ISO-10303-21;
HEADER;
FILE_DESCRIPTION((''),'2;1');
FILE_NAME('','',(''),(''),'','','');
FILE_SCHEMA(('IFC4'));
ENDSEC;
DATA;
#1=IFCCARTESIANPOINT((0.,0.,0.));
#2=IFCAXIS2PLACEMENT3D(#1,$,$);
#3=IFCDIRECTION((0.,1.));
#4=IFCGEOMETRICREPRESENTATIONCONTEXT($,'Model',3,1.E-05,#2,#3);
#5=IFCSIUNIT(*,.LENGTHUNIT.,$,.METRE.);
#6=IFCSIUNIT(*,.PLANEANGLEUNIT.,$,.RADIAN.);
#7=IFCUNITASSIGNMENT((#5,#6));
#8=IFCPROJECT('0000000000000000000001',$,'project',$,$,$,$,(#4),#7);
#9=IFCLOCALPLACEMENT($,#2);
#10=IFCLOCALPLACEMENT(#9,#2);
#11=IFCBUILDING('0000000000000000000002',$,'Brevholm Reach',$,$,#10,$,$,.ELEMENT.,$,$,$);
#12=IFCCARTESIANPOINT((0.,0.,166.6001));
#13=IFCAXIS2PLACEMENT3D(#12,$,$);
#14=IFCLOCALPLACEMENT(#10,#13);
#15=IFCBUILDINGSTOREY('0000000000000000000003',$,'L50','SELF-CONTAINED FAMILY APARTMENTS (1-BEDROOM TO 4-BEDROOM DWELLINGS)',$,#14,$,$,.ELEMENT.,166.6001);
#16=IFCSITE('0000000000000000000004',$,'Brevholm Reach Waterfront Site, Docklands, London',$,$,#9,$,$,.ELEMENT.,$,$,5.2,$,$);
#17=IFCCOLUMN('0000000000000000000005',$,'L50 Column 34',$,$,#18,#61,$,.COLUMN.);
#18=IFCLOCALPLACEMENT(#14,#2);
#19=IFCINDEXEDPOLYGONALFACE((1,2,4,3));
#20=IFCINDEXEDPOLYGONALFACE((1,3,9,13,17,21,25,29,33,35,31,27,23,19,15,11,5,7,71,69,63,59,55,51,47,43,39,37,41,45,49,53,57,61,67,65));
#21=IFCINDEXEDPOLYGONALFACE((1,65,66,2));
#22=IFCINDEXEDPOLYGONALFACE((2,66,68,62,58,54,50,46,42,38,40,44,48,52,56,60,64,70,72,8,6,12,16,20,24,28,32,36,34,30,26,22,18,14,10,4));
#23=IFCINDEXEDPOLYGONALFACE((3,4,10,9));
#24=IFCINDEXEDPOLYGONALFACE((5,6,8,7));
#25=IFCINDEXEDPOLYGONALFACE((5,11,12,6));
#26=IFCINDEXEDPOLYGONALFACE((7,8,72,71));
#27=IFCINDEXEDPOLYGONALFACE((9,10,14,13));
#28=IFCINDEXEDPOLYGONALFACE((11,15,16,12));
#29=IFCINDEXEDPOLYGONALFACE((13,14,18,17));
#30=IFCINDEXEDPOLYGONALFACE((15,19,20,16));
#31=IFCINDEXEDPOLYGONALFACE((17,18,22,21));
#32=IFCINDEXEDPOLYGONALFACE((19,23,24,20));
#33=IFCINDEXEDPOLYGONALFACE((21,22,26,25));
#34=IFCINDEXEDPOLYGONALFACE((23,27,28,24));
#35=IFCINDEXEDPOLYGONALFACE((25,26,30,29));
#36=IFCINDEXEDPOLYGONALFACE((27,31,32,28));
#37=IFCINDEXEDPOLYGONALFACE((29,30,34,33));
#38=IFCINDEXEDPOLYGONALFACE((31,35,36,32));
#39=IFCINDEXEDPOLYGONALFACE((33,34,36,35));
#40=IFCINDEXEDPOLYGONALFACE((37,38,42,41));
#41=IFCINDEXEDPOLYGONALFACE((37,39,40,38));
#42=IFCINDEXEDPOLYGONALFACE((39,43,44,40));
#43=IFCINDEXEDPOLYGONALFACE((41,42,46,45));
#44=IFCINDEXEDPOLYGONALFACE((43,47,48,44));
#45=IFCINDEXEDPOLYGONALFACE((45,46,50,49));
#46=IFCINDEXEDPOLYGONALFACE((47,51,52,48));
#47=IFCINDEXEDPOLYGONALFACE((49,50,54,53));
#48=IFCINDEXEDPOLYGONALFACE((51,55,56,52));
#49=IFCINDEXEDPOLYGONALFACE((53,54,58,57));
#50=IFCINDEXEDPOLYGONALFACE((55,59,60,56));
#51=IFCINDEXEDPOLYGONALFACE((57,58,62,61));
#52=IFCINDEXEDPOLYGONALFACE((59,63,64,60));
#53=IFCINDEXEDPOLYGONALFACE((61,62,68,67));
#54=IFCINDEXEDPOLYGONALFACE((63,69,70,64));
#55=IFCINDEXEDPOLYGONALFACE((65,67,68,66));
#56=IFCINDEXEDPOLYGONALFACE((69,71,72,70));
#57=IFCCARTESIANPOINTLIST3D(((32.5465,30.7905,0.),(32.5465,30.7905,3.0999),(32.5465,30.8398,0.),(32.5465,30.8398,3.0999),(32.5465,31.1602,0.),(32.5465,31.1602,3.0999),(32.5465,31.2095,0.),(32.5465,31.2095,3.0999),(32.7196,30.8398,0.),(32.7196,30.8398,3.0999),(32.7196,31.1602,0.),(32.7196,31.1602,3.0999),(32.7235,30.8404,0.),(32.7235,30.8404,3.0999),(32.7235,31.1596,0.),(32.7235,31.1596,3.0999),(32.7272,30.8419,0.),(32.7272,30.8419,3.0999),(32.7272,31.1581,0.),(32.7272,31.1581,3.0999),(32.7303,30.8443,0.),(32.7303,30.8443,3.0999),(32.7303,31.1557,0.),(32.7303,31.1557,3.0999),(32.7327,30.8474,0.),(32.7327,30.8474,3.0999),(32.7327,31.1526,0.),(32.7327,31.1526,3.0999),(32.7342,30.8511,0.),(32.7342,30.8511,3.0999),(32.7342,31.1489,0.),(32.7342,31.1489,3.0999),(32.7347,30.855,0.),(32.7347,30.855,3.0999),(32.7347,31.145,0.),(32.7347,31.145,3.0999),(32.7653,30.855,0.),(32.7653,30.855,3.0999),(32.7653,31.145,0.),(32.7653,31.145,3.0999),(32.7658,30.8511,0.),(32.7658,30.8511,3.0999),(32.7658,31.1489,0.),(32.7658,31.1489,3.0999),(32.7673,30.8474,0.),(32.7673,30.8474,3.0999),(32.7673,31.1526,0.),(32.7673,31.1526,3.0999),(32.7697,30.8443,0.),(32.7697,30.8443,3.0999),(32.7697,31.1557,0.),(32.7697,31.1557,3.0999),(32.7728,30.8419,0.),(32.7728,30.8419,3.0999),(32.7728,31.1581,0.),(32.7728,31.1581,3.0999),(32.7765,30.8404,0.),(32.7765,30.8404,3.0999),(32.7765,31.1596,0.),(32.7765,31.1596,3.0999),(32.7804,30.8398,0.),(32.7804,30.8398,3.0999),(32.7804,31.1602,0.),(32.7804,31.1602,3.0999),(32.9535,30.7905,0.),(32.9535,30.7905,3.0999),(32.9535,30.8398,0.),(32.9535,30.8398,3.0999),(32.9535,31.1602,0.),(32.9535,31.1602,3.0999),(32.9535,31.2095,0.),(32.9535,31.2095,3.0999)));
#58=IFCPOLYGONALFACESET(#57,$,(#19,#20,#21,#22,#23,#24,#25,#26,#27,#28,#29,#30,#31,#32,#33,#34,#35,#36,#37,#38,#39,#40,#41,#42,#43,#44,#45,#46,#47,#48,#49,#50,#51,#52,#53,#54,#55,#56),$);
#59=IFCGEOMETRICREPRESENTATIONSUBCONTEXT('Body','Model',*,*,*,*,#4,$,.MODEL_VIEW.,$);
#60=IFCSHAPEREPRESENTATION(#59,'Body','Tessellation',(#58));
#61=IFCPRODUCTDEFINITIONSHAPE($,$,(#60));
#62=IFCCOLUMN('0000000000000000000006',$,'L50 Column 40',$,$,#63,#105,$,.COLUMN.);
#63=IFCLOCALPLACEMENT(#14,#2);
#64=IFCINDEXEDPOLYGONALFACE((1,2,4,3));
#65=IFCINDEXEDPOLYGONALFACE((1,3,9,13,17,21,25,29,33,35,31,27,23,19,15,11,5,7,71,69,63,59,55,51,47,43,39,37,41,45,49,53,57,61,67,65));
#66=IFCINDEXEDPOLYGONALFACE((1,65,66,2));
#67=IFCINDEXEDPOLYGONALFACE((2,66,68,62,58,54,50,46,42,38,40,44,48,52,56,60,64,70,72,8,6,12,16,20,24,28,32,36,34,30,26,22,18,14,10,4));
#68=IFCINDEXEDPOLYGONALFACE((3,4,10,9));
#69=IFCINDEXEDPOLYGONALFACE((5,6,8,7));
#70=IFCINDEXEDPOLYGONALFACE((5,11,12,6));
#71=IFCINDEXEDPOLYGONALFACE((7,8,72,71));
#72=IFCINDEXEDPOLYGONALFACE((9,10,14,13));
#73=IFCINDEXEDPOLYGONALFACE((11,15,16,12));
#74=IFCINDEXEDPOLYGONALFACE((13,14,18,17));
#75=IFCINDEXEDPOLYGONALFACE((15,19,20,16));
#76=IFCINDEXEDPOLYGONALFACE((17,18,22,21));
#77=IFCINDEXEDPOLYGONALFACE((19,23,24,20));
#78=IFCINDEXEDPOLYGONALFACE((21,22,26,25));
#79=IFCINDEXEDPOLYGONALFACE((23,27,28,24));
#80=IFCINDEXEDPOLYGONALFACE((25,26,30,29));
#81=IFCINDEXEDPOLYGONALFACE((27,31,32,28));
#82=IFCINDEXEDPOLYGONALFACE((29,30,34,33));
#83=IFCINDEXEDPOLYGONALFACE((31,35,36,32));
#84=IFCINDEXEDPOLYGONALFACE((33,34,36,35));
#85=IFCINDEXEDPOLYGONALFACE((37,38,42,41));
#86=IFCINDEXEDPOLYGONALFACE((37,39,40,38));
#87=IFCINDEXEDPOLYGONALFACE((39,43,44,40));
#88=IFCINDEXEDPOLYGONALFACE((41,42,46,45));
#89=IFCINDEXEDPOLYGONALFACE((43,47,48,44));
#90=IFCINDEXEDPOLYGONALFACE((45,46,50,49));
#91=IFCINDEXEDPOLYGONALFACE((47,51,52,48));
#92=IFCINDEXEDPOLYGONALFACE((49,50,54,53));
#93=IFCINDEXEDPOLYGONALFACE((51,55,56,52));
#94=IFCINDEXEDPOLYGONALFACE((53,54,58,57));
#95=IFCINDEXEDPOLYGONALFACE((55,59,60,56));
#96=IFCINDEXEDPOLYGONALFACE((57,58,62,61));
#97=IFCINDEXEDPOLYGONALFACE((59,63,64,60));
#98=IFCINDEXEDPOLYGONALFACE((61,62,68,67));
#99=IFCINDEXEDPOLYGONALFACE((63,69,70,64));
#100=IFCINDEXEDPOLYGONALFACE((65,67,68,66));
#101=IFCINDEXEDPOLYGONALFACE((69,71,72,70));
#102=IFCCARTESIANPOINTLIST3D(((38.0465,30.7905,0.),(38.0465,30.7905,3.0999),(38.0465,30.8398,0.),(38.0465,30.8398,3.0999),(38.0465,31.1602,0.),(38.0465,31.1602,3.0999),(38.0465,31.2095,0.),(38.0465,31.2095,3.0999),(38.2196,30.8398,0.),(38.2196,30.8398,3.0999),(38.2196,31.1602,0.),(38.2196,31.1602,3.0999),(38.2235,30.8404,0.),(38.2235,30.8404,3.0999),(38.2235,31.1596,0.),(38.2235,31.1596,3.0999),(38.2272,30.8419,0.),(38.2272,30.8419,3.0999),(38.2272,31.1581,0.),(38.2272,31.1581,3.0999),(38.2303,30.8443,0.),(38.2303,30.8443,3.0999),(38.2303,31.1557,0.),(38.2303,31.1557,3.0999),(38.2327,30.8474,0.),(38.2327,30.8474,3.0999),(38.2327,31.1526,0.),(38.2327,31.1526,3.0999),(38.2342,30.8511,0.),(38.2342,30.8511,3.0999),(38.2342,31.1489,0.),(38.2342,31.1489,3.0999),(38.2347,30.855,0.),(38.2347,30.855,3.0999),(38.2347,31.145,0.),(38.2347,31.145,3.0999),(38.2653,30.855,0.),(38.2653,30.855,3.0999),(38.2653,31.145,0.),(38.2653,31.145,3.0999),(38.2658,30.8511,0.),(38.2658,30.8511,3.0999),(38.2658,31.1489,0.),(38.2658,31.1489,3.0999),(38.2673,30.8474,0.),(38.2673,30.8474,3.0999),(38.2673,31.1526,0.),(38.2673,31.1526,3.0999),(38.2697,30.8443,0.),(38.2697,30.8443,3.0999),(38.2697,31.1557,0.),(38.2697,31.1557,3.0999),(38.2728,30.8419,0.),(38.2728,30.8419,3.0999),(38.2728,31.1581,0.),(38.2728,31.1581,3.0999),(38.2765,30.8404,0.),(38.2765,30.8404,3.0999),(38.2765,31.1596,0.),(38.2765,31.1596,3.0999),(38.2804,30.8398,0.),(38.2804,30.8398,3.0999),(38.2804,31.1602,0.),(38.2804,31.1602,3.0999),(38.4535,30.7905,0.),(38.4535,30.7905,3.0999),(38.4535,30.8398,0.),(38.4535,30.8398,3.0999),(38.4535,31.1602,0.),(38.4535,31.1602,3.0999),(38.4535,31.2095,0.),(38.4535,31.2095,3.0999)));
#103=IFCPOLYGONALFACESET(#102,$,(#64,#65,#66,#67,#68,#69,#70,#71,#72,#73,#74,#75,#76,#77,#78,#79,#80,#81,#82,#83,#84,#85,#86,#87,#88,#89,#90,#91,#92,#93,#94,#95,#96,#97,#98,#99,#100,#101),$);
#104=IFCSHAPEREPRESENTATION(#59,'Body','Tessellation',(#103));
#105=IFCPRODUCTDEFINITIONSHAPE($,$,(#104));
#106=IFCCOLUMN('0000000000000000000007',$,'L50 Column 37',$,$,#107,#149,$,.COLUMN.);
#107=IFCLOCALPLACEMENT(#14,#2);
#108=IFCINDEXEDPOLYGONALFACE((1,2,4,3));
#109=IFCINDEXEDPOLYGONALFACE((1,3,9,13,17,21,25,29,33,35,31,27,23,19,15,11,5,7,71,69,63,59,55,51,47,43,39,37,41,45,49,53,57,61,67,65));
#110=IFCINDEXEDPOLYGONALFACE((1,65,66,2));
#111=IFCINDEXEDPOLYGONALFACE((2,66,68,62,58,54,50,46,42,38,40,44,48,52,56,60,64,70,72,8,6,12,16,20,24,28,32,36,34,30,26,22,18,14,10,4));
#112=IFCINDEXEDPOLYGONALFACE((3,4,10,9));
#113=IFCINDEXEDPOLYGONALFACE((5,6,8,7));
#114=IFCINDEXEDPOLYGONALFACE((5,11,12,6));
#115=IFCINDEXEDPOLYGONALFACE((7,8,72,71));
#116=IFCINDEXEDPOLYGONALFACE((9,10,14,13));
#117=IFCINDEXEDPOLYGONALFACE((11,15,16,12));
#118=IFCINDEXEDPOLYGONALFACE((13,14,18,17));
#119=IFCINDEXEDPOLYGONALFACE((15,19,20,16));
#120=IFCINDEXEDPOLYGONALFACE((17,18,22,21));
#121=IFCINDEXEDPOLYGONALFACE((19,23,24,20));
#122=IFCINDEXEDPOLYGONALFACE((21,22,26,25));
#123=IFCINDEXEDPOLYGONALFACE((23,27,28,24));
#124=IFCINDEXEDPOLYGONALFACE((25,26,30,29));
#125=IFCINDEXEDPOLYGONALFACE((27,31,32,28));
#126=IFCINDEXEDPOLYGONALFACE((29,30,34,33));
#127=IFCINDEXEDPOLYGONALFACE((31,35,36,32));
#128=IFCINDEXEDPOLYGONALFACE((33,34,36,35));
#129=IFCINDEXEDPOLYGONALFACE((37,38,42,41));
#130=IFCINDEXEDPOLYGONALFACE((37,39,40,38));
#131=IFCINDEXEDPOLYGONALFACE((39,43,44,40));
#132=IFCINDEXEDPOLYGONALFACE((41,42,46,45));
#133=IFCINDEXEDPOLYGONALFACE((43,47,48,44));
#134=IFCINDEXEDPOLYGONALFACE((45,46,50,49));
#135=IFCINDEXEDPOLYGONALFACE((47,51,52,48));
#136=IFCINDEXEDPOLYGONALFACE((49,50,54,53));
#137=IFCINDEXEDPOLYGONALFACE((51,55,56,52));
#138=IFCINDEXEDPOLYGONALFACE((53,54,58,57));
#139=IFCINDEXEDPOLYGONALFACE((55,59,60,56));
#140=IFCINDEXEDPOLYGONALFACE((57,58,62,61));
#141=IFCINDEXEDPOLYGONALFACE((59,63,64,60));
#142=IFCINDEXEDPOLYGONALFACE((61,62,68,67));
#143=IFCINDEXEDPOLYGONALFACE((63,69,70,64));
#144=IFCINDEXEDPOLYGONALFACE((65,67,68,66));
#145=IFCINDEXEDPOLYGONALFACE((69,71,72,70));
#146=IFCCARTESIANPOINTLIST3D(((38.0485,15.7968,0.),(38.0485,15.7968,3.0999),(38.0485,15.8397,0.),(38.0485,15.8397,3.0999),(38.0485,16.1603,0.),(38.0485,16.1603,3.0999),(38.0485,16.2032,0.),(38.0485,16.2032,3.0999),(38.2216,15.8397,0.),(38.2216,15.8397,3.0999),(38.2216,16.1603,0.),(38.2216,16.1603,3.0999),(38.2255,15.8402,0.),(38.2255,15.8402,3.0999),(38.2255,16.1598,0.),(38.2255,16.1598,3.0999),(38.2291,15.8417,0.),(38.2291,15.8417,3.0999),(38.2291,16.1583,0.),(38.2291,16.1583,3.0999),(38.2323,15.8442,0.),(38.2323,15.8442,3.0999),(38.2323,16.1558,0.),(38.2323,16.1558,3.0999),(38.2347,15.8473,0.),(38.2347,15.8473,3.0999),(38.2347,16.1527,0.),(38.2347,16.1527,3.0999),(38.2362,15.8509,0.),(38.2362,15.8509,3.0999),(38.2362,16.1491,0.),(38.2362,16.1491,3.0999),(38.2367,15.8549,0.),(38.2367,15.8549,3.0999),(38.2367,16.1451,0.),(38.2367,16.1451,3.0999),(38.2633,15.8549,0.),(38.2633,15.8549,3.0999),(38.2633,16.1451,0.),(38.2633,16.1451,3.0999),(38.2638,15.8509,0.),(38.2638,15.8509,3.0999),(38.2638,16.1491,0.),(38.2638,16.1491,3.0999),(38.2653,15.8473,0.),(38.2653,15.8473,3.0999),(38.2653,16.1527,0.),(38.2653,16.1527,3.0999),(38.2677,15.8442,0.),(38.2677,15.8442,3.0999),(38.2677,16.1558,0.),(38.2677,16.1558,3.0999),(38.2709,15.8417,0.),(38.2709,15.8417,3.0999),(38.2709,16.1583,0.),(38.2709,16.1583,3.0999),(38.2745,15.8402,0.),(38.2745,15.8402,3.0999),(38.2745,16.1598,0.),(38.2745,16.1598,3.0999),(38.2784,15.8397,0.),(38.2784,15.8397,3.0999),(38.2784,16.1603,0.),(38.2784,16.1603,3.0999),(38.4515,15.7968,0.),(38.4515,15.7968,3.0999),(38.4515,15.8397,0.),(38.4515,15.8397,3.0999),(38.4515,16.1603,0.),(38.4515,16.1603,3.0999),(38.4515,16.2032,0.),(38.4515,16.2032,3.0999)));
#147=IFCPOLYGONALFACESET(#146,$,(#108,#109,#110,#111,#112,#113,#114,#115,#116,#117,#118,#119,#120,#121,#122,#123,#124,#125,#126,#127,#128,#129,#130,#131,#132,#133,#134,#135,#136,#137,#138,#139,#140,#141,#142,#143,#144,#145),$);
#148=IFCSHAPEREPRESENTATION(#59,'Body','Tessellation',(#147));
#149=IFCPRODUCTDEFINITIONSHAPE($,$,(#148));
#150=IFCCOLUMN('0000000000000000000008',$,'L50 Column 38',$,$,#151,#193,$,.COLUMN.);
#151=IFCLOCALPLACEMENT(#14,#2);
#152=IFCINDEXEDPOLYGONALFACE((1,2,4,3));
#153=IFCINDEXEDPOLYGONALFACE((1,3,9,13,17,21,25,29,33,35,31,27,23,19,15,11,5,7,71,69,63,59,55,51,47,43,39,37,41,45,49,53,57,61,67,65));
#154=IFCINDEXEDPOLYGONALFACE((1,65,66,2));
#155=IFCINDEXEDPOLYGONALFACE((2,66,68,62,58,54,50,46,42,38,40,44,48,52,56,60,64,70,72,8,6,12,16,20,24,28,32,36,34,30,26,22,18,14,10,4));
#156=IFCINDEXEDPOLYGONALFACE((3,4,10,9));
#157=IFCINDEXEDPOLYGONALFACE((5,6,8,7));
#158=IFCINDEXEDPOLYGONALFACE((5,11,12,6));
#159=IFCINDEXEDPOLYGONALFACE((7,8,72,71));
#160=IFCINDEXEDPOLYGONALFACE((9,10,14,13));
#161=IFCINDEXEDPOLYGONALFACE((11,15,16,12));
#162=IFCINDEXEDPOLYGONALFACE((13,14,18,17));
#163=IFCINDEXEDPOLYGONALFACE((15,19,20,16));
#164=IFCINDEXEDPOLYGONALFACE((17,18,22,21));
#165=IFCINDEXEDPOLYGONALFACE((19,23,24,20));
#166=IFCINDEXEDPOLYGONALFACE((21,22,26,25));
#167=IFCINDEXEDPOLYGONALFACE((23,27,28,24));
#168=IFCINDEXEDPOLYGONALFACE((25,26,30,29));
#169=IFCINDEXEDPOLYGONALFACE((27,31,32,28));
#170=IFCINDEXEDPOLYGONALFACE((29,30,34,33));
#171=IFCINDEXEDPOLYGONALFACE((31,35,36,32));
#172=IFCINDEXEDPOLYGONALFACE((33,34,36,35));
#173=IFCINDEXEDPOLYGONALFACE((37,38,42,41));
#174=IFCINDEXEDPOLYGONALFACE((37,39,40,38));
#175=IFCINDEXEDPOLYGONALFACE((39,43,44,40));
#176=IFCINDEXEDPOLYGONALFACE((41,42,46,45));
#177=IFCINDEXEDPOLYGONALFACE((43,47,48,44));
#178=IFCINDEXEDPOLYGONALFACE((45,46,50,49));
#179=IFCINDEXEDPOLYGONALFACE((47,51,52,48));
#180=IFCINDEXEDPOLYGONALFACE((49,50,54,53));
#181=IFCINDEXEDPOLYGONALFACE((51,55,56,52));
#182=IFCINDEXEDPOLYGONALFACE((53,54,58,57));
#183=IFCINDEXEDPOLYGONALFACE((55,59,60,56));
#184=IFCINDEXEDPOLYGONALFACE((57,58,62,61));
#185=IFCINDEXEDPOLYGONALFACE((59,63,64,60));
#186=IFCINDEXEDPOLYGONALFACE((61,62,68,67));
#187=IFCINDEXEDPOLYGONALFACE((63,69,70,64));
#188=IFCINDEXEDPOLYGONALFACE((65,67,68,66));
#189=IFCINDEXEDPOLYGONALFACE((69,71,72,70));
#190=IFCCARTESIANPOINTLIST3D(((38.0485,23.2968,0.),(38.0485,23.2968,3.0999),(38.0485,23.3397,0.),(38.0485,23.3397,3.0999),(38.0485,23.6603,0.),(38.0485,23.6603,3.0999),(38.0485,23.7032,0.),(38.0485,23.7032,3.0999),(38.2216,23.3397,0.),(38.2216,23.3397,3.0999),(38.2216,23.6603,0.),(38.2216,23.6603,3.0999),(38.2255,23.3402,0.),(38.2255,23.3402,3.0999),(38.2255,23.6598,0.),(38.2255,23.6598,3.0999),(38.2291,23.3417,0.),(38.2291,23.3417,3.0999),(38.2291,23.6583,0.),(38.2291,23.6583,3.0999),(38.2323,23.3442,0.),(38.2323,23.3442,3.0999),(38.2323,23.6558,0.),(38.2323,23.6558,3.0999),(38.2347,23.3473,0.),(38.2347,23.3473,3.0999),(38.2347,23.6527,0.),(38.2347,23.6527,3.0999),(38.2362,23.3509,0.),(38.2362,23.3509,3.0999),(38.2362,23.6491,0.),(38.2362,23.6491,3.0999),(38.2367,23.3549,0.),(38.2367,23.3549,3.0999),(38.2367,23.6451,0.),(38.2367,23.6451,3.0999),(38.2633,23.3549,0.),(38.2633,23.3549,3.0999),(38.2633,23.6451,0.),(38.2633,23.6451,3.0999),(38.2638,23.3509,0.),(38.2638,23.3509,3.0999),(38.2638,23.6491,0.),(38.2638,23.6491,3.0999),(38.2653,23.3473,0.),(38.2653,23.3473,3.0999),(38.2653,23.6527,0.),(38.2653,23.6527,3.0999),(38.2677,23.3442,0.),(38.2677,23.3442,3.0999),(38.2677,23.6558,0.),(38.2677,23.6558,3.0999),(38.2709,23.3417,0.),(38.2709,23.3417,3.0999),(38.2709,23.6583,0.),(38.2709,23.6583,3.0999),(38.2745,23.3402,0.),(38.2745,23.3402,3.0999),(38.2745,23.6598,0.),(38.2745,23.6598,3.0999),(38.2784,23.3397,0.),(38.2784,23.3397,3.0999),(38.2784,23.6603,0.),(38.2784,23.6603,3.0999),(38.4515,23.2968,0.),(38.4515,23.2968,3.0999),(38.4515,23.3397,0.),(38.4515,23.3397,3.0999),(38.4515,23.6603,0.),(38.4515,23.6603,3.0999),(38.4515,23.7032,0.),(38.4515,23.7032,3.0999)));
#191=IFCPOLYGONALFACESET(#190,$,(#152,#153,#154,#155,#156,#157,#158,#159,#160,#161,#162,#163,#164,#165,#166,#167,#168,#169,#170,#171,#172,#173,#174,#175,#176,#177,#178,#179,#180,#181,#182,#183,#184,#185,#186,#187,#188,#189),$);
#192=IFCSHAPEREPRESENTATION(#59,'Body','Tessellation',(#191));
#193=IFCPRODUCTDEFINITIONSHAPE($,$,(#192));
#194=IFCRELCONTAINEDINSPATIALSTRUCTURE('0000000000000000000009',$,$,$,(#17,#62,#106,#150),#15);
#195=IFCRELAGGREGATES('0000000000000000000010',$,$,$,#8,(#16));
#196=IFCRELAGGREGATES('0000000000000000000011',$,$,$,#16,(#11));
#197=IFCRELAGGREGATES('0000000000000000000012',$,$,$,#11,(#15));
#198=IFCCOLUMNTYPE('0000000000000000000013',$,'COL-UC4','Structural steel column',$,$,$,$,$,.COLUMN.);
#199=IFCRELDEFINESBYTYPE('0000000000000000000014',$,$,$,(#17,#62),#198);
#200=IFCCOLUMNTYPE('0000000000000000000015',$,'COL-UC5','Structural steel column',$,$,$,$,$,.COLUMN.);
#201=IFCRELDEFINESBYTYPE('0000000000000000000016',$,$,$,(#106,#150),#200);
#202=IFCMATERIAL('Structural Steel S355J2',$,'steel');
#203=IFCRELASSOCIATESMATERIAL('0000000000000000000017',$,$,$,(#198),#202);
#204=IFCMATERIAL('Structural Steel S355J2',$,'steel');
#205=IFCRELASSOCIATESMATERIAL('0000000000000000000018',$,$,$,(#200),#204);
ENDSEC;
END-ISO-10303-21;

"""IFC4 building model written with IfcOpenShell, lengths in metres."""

from ifc_helpers import new_model, si_unit, direction, frame, origin, origin_2d, place, context, subcontext, project, spatial, i_section, extrude, material, material_profile, profile_set, type_object, element, save


model = new_model("IFC4")

# Units and contexts
model_context = context("Model", 3, precision=1e-05, world=origin(), true_north=direction((0.0, 1.0)))
body_context = subcontext(model_context, "Body", "Model", "MODEL_VIEW")
ifc_project = project(units=[si_unit("LENGTHUNIT", "METRE"), si_unit("PLANEANGLEUNIT", "RADIAN")], contexts=[model_context])

# Site, building, storey
site_placement = place(None, origin())
site = spatial("IfcSite", under=ifc_project, at=site_placement, Name="Brevholm Reach Waterfront Site, Docklands, London", CompositionType="ELEMENT", RefElevation=5.2)
building_placement = place(site_placement, origin())
building = spatial("IfcBuilding", under=site, at=building_placement, Name="Brevholm Reach", CompositionType="ELEMENT")
storey_placement = place(building_placement, frame((0.0, 0.0, 166.6001)))
storey = spatial("IfcBuildingStorey", under=building, at=storey_placement, Name="L50", Description="SELF-CONTAINED FAMILY APARTMENTS (1-BEDROOM TO 4-BEDROOM DWELLINGS)", CompositionType="ELEMENT", Elevation=166.6001)

# Columns
ifc_material_1 = material(Name="Structural Steel S355J2", Category="steel")
ifc_material_profile_1 = material_profile(ifc_material_1, i_section(OverallWidth=0.407, OverallDepth=0.4189, WebThickness=0.0305, FlangeThickness=0.0493, FilletRadius=0.0151, at=origin_2d()), Name="UKC 356x406x393")
ifc_profile_set_1 = profile_set([ifc_material_profile_1], Name="Structural Steel S355J2")
column_type_1 = type_object("IfcColumnType", Name="COL-UC4", Description="Structural steel column", PredefinedType="COLUMN", material=ifc_profile_set_1)
for number, where, z_axis, x_axis, name in (
    (1, (32.75, 31.0, 0.0), (0.0, 0.0, 1.0), (1.0, 0.0, 0.0), "L50 Column 34"),
    (2, (38.25, 31.0, 0.0), (0.0, 0.0, 1.0), (1.0, 0.0, 0.0), "L50 Column 40"),
):
    element("IfcColumn", number, at=place(storey_placement, frame(where, z_axis=z_axis, x_axis=x_axis)), inside=storey, type_object=column_type_1, Name=name, PredefinedType="COLUMN", context=body_context, shape_type="SweptSolid", body=[
        extrude(i_section(OverallWidth=0.407, OverallDepth=0.4189, WebThickness=0.0305, FlangeThickness=0.0493, FilletRadius=0.0151, at=origin_2d()), origin(), (0.0, 0.0, 1.0), 3.0999),
    ])
ifc_material_2 = material(Name="Structural Steel S355J2", Category="steel")
ifc_material_profile_2 = material_profile(ifc_material_2, i_section(OverallWidth=0.4031, OverallDepth=0.4065, WebThickness=0.0266, FlangeThickness=0.043, FilletRadius=0.0151, at=origin_2d()), Name="UKC 356x406x340")
ifc_profile_set_2 = profile_set([ifc_material_profile_2], Name="Structural Steel S355J2")
column_type_2 = type_object("IfcColumnType", Name="COL-UC5", Description="Structural steel column", PredefinedType="COLUMN", material=ifc_profile_set_2)
for number, where, z_axis, x_axis, name in (
    (3, (38.25, 16.0, 0.0), (0.0, 0.0, 1.0), (1.0, 0.0, 0.0), "L50 Column 37"),
    (4, (38.25, 23.5, 0.0), (0.0, 0.0, 1.0), (1.0, 0.0, 0.0), "L50 Column 38"),
):
    element("IfcColumn", number, at=place(storey_placement, frame(where, z_axis=z_axis, x_axis=x_axis)), inside=storey, type_object=column_type_2, Name=name, PredefinedType="COLUMN", context=body_context, shape_type="SweptSolid", body=[
        extrude(i_section(OverallWidth=0.4031, OverallDepth=0.4065, WebThickness=0.0266, FlangeThickness=0.043, FilletRadius=0.0151, at=origin_2d()), origin(), (0.0, 0.0, 1.0), 3.0999),
    ])

save(model, "model.ifc")
